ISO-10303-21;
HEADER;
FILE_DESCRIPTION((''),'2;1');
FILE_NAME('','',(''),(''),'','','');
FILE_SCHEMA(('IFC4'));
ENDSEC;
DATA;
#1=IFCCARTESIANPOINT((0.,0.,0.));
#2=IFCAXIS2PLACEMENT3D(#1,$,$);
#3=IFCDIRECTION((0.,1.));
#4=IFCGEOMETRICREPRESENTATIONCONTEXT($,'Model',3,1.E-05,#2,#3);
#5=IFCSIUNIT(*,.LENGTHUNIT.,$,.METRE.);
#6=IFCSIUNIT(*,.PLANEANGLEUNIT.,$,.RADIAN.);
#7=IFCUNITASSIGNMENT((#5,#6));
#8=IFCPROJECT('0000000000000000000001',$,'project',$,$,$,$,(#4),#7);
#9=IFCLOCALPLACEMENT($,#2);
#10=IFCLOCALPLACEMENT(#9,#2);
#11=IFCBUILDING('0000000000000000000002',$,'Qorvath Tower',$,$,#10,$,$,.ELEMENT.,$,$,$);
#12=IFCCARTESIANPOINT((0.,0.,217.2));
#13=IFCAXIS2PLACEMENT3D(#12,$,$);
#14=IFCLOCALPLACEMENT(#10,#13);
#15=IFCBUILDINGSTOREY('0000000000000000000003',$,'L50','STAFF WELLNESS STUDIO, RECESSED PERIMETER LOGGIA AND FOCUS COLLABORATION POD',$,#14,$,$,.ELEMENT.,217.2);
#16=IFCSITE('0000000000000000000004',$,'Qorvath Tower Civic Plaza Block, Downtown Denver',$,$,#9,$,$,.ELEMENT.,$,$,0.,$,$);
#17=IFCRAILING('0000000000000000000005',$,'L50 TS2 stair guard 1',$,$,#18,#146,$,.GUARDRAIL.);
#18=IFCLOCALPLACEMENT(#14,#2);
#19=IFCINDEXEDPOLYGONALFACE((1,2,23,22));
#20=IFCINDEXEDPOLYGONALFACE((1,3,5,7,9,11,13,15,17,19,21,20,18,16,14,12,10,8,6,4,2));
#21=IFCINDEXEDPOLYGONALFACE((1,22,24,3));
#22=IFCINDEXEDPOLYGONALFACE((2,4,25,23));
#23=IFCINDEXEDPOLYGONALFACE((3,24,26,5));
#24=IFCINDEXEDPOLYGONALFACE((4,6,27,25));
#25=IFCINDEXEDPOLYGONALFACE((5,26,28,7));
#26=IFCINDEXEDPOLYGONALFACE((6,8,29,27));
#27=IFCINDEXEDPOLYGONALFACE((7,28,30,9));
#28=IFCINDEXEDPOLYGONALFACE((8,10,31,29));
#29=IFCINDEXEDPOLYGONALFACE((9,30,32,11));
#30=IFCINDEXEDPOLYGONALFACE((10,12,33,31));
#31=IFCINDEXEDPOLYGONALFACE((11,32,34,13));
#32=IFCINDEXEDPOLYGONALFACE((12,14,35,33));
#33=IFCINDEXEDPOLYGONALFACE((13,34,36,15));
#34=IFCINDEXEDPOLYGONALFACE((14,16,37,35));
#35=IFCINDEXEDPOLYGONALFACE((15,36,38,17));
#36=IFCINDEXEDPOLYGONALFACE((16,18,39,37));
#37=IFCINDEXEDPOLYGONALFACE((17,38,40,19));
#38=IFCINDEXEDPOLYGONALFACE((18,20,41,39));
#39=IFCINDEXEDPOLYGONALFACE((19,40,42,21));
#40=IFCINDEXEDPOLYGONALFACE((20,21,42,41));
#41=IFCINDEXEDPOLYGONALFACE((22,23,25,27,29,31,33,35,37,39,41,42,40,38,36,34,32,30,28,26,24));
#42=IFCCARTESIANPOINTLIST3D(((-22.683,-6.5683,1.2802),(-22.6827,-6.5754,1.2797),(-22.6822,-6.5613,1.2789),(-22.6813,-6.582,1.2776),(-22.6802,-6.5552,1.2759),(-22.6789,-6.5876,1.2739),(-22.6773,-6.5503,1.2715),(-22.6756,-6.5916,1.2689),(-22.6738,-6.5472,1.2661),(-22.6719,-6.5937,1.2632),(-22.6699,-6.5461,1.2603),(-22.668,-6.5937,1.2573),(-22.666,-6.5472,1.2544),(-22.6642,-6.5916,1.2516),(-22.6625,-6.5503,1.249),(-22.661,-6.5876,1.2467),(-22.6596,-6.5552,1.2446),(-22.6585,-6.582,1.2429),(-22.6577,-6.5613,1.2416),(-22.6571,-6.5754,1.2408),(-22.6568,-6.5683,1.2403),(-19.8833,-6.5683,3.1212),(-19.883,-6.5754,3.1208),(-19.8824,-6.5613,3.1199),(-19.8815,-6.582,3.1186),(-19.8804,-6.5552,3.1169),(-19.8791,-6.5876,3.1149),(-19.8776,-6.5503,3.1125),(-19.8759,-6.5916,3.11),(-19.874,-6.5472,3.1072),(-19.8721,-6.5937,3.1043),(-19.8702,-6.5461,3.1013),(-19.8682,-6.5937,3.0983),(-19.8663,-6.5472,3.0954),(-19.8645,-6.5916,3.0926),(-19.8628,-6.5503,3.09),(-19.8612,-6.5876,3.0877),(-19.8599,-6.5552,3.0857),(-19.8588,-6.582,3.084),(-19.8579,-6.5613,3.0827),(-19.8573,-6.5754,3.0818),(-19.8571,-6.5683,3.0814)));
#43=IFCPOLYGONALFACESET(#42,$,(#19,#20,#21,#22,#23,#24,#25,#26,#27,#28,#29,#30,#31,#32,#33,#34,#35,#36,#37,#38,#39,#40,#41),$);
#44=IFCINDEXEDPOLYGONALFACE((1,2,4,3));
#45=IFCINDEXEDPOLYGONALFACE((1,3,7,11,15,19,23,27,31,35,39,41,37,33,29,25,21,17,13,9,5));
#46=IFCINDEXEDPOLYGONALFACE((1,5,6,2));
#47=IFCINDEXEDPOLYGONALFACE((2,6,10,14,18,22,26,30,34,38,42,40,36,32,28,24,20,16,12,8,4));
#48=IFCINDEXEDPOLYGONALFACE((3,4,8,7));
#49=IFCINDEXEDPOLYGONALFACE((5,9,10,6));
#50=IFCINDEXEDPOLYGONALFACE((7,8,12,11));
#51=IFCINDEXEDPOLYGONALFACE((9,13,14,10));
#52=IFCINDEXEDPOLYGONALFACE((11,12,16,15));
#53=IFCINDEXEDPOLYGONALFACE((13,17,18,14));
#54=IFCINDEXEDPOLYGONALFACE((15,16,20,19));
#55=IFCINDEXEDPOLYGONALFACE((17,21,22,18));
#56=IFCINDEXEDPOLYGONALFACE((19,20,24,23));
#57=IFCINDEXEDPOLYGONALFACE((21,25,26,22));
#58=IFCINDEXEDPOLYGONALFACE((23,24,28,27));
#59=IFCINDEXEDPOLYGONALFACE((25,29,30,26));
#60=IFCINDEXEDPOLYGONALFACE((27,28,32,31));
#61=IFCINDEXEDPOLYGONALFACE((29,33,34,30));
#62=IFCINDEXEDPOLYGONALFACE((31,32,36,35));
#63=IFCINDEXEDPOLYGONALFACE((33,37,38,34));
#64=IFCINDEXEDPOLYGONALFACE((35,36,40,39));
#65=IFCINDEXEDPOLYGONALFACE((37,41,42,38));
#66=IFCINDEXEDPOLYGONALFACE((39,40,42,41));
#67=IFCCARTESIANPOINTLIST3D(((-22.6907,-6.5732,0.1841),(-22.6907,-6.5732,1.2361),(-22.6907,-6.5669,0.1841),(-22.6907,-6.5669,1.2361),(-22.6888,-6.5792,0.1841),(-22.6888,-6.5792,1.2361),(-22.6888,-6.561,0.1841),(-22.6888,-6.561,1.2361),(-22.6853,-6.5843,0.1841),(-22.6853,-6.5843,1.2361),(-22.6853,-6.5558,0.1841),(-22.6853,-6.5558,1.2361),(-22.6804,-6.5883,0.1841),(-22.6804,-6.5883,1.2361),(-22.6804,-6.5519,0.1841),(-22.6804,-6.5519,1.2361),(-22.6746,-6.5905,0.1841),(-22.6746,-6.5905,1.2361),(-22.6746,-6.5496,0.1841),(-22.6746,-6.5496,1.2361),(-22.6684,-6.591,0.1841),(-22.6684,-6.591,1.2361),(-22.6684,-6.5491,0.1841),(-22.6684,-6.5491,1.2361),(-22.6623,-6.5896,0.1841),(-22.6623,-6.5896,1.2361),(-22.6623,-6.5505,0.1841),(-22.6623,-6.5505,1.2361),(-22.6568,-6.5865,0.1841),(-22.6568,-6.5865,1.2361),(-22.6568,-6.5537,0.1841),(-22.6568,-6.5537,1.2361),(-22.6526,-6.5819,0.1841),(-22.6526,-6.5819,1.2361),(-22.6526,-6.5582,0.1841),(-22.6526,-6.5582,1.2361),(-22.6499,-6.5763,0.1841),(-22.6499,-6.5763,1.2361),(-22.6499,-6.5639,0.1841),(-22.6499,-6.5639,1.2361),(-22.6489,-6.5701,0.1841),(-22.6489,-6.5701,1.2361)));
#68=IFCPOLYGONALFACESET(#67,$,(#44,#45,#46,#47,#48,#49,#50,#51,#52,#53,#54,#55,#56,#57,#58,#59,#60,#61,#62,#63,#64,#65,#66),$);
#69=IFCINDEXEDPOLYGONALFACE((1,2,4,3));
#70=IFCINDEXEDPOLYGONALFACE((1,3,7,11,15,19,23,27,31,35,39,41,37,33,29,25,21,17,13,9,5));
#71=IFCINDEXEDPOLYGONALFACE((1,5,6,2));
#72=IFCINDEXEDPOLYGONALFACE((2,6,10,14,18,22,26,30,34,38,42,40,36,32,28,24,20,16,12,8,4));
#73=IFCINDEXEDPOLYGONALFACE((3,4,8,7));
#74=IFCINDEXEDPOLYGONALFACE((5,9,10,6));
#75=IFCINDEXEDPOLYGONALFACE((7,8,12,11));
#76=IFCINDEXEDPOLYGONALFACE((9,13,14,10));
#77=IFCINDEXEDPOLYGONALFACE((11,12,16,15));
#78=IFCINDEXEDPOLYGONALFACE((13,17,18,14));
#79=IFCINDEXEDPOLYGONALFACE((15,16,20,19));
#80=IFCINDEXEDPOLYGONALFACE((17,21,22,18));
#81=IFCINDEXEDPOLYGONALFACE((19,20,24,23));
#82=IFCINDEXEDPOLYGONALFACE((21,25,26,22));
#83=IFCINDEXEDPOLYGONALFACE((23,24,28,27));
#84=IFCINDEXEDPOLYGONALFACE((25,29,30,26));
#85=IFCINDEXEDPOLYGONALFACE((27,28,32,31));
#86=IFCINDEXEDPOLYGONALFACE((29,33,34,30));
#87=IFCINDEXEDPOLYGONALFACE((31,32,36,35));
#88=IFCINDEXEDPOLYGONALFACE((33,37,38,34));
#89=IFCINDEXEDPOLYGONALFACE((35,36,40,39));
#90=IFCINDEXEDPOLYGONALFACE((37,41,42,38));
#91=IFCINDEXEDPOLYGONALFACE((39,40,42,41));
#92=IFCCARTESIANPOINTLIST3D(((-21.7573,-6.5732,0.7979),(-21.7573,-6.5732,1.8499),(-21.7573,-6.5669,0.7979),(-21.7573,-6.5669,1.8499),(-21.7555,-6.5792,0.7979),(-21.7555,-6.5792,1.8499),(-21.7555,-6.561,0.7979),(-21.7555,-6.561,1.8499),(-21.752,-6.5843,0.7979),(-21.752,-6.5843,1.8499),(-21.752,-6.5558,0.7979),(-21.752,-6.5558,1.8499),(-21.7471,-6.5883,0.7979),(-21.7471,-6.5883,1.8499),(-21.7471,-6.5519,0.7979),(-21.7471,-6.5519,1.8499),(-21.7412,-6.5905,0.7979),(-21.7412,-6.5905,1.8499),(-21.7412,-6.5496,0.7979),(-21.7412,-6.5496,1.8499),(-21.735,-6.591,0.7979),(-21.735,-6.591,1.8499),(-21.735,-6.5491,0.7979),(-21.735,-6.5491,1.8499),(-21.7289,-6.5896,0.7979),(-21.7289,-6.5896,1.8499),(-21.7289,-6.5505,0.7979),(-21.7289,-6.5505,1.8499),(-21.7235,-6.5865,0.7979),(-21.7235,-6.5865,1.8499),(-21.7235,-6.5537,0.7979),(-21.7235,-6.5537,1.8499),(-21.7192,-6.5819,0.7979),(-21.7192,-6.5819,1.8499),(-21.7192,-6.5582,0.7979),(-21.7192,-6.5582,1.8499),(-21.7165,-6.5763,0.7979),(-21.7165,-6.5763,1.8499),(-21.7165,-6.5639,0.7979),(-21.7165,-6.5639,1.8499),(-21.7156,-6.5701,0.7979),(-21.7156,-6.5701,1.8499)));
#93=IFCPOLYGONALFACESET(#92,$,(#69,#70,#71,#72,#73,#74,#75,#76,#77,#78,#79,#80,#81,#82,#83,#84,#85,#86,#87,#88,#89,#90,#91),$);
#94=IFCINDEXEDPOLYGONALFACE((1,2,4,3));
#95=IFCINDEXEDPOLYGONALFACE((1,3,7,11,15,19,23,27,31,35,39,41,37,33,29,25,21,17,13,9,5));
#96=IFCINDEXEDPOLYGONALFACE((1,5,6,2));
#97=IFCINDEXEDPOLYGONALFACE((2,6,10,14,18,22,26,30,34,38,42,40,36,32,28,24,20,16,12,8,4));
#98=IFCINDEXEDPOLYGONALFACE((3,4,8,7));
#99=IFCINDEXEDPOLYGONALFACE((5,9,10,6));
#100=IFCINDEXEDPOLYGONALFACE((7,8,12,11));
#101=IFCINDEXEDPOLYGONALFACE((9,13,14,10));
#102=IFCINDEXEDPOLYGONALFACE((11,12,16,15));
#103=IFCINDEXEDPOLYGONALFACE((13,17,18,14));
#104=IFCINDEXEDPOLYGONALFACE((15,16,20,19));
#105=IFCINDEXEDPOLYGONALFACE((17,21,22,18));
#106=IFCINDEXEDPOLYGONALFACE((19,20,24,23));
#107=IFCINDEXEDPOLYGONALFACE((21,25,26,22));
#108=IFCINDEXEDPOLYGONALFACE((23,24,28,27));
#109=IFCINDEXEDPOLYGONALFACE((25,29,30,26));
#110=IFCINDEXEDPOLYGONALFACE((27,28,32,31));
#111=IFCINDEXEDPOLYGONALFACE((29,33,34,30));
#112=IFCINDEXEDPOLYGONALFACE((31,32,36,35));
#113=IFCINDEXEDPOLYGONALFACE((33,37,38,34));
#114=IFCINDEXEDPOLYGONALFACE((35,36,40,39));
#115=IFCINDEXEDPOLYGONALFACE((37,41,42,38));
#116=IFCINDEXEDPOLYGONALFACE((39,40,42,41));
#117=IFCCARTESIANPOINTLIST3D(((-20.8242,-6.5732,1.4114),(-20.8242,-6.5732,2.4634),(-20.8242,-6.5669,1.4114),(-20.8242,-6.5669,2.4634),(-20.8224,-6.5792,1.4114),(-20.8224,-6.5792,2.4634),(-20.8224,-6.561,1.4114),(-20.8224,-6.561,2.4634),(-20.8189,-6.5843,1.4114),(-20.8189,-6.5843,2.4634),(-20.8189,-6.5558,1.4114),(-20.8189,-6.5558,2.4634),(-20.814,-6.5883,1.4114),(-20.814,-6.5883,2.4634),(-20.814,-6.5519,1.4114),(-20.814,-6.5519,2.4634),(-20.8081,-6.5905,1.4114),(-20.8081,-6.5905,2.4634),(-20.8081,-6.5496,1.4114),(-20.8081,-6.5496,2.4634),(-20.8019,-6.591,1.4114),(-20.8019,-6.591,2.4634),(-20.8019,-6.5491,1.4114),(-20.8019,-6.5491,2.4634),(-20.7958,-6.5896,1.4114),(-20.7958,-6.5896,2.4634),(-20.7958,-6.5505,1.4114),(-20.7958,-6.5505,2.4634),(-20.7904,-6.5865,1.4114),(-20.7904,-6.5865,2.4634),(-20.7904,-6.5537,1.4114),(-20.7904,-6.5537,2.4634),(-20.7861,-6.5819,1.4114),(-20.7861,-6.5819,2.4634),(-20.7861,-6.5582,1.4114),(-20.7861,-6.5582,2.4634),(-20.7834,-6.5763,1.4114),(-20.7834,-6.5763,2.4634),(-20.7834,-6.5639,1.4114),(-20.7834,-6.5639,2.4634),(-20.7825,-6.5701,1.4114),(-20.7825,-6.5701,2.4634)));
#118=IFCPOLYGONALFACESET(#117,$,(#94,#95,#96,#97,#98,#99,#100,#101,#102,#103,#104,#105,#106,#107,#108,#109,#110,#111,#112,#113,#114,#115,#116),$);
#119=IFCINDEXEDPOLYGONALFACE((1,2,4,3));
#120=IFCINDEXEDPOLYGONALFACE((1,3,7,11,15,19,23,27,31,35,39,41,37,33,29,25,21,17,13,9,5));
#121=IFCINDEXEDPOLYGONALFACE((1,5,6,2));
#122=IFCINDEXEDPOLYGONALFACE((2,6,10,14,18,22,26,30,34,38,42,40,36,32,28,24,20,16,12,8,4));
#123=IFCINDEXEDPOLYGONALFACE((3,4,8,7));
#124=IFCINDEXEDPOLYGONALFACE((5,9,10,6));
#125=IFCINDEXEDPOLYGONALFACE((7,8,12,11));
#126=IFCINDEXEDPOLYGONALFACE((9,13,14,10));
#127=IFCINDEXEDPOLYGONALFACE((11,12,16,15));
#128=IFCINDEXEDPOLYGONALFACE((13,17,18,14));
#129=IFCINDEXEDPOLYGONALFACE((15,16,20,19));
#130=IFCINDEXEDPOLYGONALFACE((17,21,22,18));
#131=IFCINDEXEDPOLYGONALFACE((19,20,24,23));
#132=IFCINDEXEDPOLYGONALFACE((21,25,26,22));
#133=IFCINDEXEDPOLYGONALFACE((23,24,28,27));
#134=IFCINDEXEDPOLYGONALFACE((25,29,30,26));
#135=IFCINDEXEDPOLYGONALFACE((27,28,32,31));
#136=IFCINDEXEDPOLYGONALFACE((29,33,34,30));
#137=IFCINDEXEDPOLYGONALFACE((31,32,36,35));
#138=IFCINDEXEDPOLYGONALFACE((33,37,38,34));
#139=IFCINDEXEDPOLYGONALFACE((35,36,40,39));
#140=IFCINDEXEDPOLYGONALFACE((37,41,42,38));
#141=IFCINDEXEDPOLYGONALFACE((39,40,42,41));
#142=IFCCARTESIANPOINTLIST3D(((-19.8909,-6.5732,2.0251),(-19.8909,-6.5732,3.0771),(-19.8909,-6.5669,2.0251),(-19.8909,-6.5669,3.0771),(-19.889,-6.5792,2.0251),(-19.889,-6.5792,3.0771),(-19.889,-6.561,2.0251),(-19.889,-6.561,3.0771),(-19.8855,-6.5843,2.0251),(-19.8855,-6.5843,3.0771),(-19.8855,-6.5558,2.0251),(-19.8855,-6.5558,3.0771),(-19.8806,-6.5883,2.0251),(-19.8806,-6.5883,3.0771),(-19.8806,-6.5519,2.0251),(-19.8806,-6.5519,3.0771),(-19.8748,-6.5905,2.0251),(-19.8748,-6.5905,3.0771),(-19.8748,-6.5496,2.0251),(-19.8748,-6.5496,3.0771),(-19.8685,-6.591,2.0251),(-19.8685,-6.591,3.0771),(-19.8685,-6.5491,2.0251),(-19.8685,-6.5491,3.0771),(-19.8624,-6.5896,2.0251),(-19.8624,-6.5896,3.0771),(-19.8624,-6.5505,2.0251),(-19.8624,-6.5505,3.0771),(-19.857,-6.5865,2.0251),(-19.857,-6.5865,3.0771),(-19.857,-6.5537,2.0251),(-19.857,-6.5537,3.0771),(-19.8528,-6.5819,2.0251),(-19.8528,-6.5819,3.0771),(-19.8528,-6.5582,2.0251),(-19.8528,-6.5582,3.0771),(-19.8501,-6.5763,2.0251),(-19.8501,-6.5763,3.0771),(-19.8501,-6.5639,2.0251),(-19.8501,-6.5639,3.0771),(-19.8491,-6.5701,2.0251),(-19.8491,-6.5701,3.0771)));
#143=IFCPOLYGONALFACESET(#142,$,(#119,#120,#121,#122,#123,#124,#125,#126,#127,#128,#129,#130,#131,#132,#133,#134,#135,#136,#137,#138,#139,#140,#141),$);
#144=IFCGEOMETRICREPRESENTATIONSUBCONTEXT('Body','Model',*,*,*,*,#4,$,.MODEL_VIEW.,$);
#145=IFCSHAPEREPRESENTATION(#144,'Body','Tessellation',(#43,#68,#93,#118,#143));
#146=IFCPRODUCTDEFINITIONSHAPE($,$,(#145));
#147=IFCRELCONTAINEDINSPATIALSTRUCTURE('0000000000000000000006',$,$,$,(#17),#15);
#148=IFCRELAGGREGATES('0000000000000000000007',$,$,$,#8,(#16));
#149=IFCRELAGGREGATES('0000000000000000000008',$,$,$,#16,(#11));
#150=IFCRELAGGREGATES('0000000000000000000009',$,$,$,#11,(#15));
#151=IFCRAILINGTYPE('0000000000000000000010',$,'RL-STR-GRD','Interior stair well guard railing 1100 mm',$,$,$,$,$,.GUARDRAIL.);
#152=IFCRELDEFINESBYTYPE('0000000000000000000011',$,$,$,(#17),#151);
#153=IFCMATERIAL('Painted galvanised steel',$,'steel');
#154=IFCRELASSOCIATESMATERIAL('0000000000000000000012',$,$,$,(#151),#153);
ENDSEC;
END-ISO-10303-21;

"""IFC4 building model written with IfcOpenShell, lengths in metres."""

from ifc_helpers import new_model, si_unit, direction, frame, origin, origin_2d, place, context, subcontext, project, spatial, circle, extrude, material, type_object, element, save


model = new_model("IFC4")

# Units and contexts
model_context = context("Model", 3, precision=1e-05, world=origin(), true_north=direction((0.0, 1.0)))
body_context = subcontext(model_context, "Body", "Model", "MODEL_VIEW")
ifc_project = project(units=[si_unit("LENGTHUNIT", "METRE"), si_unit("PLANEANGLEUNIT", "RADIAN")], contexts=[model_context])

# Site, building, storey
site_placement = place(None, origin())
site = spatial("IfcSite", under=ifc_project, at=site_placement, Name="Qorvath Tower Civic Plaza Block, Downtown Denver", CompositionType="ELEMENT", RefElevation=0.0)
building_placement = place(site_placement, origin())
building = spatial("IfcBuilding", under=site, at=building_placement, Name="Qorvath Tower", CompositionType="ELEMENT")
storey_placement = place(building_placement, frame((0.0, 0.0, 217.2)))
storey = spatial("IfcBuildingStorey", under=building, at=storey_placement, Name="L50", Description="STAFF WELLNESS STUDIO, RECESSED PERIMETER LOGGIA AND FOCUS COLLABORATION POD", CompositionType="ELEMENT", Elevation=217.2)

# Railing
ifc_material_1 = material(Name="Painted galvanised steel", Category="steel")
railing_type = type_object("IfcRailingType", Name="RL-STR-GRD", Description="Interior stair well guard railing 1100 mm", PredefinedType="GUARDRAIL", material=ifc_material_1)
railing_1_placement = place(storey_placement, frame((-22.6699, -6.5701, 0.1841)))
element("IfcRailing", 1, at=railing_1_placement, inside=storey, type_object=railing_type, Name="L50 TS2 stair guard 1", PredefinedType="GUARDRAIL", context=body_context, shape_type="SweptSolid", body=[
    extrude(circle(Radius=0.0239, at=origin_2d()), frame((0.0, 0.0, 1.0762), z_axis=(0.835542, 0.0, 0.549426), x_axis=(0.0, 1.0, 0.0)), (0.0, 0.0, 1.0), 3.3508),
    extrude(circle(Radius=0.021, at=origin_2d()), origin(), (0.0, 0.0, 1.0), 1.052),
    extrude(circle(Radius=0.021, at=origin_2d()), frame((0.9333, 0.0, 0.6138)), (0.0, 0.0, 1.0), 1.052),
    extrude(circle(Radius=0.021, at=origin_2d()), frame((1.8665, 0.0, 1.2273)), (0.0, 0.0, 1.0), 1.052),
    extrude(circle(Radius=0.021, at=origin_2d()), frame((2.7998, 0.0, 1.8411)), (0.0, 0.0, 1.0), 1.052),
])

save(model, "model.ifc")
